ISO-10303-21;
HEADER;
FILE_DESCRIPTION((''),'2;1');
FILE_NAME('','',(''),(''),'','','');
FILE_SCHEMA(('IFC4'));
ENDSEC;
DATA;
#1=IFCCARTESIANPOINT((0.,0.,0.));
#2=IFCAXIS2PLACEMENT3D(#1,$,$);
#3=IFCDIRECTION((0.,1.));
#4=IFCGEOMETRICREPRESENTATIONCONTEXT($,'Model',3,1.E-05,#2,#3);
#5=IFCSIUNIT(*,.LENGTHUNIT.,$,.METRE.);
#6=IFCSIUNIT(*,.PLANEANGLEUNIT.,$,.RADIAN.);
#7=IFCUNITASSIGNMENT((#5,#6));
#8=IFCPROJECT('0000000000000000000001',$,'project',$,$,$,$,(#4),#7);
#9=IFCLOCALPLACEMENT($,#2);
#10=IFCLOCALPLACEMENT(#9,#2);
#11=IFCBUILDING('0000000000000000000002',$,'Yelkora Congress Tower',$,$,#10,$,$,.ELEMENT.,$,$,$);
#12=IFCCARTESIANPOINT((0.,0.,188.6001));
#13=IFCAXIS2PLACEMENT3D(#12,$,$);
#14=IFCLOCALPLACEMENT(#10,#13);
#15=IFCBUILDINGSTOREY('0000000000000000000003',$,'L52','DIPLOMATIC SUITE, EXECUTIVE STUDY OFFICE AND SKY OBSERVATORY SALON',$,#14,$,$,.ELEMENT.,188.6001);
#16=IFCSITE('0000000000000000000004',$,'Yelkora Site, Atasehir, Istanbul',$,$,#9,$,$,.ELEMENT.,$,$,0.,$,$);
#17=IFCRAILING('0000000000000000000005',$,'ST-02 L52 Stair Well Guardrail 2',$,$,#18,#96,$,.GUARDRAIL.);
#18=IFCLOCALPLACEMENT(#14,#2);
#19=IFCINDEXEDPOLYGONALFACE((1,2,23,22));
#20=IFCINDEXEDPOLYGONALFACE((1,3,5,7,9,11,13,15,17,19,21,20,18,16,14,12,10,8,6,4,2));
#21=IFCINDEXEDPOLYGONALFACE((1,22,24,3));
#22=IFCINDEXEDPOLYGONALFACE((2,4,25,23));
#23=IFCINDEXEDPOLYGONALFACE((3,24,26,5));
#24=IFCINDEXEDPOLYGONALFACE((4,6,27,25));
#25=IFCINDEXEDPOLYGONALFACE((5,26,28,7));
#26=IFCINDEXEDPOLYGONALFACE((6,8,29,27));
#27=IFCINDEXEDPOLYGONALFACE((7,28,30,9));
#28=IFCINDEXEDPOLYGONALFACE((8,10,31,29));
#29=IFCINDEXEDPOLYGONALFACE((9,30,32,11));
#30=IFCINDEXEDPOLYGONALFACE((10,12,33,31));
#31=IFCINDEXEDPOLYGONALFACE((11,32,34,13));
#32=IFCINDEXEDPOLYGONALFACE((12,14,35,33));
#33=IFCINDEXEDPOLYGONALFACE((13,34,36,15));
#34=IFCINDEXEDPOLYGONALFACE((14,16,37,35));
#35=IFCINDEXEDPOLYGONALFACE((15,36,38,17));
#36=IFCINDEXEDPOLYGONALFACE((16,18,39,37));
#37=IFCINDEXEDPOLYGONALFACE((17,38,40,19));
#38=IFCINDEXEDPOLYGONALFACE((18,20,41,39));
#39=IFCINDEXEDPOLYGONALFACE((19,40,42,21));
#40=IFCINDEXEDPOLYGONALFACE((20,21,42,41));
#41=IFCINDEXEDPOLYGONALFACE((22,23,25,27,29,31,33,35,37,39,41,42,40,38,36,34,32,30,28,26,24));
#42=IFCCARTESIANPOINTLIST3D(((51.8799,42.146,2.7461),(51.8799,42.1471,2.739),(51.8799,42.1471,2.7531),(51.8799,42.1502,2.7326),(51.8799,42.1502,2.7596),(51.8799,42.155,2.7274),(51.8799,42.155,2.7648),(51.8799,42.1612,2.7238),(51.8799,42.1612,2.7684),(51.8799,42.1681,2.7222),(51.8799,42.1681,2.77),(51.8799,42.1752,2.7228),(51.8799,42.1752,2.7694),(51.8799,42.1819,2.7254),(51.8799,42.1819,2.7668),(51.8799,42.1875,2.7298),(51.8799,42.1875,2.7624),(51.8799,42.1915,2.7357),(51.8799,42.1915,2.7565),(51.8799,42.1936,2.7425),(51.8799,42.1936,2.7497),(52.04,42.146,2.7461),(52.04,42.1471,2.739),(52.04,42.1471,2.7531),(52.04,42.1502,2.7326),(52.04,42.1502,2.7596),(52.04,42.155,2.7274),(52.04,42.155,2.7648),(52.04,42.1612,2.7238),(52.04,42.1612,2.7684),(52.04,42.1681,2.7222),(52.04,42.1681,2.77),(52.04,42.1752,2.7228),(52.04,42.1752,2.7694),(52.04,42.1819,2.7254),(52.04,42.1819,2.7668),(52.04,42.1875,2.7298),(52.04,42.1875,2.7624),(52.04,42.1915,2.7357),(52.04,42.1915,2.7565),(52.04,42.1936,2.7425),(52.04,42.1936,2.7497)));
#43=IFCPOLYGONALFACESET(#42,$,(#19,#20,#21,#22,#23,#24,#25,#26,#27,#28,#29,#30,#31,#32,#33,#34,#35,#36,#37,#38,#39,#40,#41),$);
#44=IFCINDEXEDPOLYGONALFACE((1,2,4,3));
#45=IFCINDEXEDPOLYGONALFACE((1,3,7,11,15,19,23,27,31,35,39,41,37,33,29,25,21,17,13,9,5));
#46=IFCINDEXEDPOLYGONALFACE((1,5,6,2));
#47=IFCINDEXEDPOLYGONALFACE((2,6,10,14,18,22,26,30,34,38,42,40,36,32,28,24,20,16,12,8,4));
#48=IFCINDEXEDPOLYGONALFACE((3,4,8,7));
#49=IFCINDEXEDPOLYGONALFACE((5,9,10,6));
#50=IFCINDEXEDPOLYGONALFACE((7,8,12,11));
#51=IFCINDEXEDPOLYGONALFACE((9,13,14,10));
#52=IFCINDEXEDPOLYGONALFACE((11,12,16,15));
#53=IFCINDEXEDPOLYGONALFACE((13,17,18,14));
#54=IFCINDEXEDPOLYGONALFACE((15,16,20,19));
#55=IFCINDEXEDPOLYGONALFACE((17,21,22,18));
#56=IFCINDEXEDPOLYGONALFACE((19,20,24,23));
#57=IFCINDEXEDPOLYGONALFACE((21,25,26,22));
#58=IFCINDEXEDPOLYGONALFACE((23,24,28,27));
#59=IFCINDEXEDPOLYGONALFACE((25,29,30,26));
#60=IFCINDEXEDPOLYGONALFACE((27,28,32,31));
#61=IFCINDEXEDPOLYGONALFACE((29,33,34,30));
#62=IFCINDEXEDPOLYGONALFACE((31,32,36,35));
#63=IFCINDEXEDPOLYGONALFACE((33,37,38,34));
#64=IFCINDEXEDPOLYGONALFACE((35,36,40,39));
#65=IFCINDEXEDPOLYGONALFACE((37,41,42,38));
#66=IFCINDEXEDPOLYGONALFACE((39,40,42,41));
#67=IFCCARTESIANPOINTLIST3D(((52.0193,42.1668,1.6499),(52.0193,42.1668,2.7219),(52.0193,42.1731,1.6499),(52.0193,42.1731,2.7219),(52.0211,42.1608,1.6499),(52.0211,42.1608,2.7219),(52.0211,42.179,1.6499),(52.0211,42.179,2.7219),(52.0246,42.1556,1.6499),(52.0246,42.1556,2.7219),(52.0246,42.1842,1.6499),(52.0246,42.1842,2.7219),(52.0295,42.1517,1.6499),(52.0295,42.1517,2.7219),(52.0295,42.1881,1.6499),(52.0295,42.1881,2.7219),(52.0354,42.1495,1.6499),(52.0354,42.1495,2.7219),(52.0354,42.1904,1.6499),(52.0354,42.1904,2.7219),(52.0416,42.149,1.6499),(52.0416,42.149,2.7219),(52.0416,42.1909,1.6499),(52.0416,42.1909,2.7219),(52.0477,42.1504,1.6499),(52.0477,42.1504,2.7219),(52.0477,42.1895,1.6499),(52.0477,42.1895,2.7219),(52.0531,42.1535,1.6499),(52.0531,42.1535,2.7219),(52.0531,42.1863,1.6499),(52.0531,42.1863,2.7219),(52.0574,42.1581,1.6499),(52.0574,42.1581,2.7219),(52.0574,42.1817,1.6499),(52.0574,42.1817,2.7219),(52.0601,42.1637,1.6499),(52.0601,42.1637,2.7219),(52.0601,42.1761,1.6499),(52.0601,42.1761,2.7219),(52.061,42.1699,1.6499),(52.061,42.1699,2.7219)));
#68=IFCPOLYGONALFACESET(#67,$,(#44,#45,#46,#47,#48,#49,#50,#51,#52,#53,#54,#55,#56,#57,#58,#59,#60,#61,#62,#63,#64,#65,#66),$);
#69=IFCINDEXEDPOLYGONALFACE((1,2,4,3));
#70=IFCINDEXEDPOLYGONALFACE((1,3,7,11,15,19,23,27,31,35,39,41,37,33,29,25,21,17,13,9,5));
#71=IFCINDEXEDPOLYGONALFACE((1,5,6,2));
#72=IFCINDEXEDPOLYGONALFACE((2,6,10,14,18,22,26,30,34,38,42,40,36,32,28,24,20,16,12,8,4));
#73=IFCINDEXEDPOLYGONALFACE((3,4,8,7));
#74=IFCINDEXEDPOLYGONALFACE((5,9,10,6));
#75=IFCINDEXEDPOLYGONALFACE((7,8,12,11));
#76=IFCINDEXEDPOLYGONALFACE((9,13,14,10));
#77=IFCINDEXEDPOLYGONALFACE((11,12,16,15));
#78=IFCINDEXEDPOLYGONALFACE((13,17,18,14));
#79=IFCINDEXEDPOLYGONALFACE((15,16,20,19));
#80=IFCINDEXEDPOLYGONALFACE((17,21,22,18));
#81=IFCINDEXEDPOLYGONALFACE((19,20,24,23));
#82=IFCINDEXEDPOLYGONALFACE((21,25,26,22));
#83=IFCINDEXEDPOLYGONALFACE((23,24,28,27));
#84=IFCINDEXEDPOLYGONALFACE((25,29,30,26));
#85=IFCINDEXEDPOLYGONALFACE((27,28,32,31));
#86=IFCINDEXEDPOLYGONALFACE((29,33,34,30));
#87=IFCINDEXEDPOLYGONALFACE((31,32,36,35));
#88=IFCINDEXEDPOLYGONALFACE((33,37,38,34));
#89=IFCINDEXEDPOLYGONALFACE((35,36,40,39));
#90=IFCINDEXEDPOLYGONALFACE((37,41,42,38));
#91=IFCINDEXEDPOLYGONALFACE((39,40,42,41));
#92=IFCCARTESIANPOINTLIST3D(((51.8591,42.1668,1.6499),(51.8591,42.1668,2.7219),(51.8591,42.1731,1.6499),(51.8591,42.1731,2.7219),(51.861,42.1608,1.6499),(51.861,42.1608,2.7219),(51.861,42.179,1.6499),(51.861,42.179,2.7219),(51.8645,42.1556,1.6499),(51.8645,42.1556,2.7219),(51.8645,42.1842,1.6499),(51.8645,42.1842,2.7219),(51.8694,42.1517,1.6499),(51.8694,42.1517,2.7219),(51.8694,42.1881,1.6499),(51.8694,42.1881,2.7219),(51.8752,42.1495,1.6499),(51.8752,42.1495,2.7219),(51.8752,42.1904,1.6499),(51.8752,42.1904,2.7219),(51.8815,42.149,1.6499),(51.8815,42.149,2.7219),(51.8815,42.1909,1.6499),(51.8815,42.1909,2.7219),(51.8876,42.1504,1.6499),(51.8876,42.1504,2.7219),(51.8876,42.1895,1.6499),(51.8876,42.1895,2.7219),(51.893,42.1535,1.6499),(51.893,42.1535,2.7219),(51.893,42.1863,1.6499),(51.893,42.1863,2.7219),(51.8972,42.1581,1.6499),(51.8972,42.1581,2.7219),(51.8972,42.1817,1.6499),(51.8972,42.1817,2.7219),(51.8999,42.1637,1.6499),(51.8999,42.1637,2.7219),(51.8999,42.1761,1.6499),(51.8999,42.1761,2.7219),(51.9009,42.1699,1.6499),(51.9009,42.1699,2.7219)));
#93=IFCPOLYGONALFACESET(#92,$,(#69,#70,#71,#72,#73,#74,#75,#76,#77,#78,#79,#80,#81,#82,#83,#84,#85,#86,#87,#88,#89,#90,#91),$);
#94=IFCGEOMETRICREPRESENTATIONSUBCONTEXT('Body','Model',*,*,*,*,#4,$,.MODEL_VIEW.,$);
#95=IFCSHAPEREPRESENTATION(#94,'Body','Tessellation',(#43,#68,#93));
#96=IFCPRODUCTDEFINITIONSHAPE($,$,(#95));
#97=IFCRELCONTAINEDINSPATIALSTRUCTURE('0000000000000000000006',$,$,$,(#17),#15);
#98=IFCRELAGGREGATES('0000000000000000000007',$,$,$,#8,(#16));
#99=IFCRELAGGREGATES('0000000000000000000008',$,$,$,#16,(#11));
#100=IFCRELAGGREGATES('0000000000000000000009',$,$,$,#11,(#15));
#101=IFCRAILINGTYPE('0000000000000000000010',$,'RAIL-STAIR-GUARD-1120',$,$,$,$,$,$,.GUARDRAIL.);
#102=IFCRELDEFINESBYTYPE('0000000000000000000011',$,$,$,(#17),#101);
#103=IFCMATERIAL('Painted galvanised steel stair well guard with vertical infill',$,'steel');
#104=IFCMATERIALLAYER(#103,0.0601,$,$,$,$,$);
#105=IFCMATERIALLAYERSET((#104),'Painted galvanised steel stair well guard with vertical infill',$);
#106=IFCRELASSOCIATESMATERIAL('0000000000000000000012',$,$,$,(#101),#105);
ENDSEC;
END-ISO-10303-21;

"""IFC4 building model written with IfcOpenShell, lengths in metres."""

from ifc_helpers import new_model, si_unit, direction, frame, origin, origin_2d, place, context, subcontext, project, spatial, circle, extrude, material, layer, layer_set, type_object, element, save


model = new_model("IFC4")

# Units and contexts
model_context = context("Model", 3, precision=1e-05, world=origin(), true_north=direction((0.0, 1.0)))
body_context = subcontext(model_context, "Body", "Model", "MODEL_VIEW")
ifc_project = project(units=[si_unit("LENGTHUNIT", "METRE"), si_unit("PLANEANGLEUNIT", "RADIAN")], contexts=[model_context])

# Site, building, storey
site_placement = place(None, origin())
site = spatial("IfcSite", under=ifc_project, at=site_placement, Name="Yelkora Site, Atasehir, Istanbul", CompositionType="ELEMENT", RefElevation=0.0)
building_placement = place(site_placement, origin())
building = spatial("IfcBuilding", under=site, at=building_placement, Name="Yelkora Congress Tower", CompositionType="ELEMENT")
storey_placement = place(building_placement, frame((0.0, 0.0, 188.6001)))
storey = spatial("IfcBuildingStorey", under=building, at=storey_placement, Name="L52", Description="DIPLOMATIC SUITE, EXECUTIVE STUDY OFFICE AND SKY OBSERVATORY SALON", CompositionType="ELEMENT", Elevation=188.6001)

# Railing
ifc_material_1 = material(Name="Painted galvanised steel stair well guard with vertical infill", Category="steel")
ifc_layer_1 = layer(ifc_material_1, 0.0601)
ifc_layer_set_1 = layer_set([ifc_layer_1], Name="Painted galvanised steel stair well guard with vertical infill")
railing_type_1 = type_object("IfcRailingType", Name="RAIL-STAIR-GUARD-1120", PredefinedType="GUARDRAIL", material=ifc_layer_set_1)
railing_1_placement = place(storey_placement, frame((52.04, 42.1699, 1.6499)))
element("IfcRailing", 1, at=railing_1_placement, inside=storey, type_object=railing_type_1, Name="ST-02 L52 Stair Well Guardrail 2", PredefinedType="GUARDRAIL", context=body_context, shape_type="SweptSolid", body=[
    extrude(circle(Radius=0.0239, at=origin_2d()), frame((0.0, 0.0, 1.0962), z_axis=(-1.0, 0.0, 0.0), x_axis=(0.0, -1.0, 0.0)), (0.0, 0.0, 1.0), 0.1602),
    extrude(circle(Radius=0.021, at=origin_2d()), origin(), (0.0, 0.0, 1.0), 1.072),
    extrude(circle(Radius=0.021, at=origin_2d()), frame((-0.1602, 0.0, 0.0)), (0.0, 0.0, 1.0), 1.072),
])

save(model, "model.ifc")
